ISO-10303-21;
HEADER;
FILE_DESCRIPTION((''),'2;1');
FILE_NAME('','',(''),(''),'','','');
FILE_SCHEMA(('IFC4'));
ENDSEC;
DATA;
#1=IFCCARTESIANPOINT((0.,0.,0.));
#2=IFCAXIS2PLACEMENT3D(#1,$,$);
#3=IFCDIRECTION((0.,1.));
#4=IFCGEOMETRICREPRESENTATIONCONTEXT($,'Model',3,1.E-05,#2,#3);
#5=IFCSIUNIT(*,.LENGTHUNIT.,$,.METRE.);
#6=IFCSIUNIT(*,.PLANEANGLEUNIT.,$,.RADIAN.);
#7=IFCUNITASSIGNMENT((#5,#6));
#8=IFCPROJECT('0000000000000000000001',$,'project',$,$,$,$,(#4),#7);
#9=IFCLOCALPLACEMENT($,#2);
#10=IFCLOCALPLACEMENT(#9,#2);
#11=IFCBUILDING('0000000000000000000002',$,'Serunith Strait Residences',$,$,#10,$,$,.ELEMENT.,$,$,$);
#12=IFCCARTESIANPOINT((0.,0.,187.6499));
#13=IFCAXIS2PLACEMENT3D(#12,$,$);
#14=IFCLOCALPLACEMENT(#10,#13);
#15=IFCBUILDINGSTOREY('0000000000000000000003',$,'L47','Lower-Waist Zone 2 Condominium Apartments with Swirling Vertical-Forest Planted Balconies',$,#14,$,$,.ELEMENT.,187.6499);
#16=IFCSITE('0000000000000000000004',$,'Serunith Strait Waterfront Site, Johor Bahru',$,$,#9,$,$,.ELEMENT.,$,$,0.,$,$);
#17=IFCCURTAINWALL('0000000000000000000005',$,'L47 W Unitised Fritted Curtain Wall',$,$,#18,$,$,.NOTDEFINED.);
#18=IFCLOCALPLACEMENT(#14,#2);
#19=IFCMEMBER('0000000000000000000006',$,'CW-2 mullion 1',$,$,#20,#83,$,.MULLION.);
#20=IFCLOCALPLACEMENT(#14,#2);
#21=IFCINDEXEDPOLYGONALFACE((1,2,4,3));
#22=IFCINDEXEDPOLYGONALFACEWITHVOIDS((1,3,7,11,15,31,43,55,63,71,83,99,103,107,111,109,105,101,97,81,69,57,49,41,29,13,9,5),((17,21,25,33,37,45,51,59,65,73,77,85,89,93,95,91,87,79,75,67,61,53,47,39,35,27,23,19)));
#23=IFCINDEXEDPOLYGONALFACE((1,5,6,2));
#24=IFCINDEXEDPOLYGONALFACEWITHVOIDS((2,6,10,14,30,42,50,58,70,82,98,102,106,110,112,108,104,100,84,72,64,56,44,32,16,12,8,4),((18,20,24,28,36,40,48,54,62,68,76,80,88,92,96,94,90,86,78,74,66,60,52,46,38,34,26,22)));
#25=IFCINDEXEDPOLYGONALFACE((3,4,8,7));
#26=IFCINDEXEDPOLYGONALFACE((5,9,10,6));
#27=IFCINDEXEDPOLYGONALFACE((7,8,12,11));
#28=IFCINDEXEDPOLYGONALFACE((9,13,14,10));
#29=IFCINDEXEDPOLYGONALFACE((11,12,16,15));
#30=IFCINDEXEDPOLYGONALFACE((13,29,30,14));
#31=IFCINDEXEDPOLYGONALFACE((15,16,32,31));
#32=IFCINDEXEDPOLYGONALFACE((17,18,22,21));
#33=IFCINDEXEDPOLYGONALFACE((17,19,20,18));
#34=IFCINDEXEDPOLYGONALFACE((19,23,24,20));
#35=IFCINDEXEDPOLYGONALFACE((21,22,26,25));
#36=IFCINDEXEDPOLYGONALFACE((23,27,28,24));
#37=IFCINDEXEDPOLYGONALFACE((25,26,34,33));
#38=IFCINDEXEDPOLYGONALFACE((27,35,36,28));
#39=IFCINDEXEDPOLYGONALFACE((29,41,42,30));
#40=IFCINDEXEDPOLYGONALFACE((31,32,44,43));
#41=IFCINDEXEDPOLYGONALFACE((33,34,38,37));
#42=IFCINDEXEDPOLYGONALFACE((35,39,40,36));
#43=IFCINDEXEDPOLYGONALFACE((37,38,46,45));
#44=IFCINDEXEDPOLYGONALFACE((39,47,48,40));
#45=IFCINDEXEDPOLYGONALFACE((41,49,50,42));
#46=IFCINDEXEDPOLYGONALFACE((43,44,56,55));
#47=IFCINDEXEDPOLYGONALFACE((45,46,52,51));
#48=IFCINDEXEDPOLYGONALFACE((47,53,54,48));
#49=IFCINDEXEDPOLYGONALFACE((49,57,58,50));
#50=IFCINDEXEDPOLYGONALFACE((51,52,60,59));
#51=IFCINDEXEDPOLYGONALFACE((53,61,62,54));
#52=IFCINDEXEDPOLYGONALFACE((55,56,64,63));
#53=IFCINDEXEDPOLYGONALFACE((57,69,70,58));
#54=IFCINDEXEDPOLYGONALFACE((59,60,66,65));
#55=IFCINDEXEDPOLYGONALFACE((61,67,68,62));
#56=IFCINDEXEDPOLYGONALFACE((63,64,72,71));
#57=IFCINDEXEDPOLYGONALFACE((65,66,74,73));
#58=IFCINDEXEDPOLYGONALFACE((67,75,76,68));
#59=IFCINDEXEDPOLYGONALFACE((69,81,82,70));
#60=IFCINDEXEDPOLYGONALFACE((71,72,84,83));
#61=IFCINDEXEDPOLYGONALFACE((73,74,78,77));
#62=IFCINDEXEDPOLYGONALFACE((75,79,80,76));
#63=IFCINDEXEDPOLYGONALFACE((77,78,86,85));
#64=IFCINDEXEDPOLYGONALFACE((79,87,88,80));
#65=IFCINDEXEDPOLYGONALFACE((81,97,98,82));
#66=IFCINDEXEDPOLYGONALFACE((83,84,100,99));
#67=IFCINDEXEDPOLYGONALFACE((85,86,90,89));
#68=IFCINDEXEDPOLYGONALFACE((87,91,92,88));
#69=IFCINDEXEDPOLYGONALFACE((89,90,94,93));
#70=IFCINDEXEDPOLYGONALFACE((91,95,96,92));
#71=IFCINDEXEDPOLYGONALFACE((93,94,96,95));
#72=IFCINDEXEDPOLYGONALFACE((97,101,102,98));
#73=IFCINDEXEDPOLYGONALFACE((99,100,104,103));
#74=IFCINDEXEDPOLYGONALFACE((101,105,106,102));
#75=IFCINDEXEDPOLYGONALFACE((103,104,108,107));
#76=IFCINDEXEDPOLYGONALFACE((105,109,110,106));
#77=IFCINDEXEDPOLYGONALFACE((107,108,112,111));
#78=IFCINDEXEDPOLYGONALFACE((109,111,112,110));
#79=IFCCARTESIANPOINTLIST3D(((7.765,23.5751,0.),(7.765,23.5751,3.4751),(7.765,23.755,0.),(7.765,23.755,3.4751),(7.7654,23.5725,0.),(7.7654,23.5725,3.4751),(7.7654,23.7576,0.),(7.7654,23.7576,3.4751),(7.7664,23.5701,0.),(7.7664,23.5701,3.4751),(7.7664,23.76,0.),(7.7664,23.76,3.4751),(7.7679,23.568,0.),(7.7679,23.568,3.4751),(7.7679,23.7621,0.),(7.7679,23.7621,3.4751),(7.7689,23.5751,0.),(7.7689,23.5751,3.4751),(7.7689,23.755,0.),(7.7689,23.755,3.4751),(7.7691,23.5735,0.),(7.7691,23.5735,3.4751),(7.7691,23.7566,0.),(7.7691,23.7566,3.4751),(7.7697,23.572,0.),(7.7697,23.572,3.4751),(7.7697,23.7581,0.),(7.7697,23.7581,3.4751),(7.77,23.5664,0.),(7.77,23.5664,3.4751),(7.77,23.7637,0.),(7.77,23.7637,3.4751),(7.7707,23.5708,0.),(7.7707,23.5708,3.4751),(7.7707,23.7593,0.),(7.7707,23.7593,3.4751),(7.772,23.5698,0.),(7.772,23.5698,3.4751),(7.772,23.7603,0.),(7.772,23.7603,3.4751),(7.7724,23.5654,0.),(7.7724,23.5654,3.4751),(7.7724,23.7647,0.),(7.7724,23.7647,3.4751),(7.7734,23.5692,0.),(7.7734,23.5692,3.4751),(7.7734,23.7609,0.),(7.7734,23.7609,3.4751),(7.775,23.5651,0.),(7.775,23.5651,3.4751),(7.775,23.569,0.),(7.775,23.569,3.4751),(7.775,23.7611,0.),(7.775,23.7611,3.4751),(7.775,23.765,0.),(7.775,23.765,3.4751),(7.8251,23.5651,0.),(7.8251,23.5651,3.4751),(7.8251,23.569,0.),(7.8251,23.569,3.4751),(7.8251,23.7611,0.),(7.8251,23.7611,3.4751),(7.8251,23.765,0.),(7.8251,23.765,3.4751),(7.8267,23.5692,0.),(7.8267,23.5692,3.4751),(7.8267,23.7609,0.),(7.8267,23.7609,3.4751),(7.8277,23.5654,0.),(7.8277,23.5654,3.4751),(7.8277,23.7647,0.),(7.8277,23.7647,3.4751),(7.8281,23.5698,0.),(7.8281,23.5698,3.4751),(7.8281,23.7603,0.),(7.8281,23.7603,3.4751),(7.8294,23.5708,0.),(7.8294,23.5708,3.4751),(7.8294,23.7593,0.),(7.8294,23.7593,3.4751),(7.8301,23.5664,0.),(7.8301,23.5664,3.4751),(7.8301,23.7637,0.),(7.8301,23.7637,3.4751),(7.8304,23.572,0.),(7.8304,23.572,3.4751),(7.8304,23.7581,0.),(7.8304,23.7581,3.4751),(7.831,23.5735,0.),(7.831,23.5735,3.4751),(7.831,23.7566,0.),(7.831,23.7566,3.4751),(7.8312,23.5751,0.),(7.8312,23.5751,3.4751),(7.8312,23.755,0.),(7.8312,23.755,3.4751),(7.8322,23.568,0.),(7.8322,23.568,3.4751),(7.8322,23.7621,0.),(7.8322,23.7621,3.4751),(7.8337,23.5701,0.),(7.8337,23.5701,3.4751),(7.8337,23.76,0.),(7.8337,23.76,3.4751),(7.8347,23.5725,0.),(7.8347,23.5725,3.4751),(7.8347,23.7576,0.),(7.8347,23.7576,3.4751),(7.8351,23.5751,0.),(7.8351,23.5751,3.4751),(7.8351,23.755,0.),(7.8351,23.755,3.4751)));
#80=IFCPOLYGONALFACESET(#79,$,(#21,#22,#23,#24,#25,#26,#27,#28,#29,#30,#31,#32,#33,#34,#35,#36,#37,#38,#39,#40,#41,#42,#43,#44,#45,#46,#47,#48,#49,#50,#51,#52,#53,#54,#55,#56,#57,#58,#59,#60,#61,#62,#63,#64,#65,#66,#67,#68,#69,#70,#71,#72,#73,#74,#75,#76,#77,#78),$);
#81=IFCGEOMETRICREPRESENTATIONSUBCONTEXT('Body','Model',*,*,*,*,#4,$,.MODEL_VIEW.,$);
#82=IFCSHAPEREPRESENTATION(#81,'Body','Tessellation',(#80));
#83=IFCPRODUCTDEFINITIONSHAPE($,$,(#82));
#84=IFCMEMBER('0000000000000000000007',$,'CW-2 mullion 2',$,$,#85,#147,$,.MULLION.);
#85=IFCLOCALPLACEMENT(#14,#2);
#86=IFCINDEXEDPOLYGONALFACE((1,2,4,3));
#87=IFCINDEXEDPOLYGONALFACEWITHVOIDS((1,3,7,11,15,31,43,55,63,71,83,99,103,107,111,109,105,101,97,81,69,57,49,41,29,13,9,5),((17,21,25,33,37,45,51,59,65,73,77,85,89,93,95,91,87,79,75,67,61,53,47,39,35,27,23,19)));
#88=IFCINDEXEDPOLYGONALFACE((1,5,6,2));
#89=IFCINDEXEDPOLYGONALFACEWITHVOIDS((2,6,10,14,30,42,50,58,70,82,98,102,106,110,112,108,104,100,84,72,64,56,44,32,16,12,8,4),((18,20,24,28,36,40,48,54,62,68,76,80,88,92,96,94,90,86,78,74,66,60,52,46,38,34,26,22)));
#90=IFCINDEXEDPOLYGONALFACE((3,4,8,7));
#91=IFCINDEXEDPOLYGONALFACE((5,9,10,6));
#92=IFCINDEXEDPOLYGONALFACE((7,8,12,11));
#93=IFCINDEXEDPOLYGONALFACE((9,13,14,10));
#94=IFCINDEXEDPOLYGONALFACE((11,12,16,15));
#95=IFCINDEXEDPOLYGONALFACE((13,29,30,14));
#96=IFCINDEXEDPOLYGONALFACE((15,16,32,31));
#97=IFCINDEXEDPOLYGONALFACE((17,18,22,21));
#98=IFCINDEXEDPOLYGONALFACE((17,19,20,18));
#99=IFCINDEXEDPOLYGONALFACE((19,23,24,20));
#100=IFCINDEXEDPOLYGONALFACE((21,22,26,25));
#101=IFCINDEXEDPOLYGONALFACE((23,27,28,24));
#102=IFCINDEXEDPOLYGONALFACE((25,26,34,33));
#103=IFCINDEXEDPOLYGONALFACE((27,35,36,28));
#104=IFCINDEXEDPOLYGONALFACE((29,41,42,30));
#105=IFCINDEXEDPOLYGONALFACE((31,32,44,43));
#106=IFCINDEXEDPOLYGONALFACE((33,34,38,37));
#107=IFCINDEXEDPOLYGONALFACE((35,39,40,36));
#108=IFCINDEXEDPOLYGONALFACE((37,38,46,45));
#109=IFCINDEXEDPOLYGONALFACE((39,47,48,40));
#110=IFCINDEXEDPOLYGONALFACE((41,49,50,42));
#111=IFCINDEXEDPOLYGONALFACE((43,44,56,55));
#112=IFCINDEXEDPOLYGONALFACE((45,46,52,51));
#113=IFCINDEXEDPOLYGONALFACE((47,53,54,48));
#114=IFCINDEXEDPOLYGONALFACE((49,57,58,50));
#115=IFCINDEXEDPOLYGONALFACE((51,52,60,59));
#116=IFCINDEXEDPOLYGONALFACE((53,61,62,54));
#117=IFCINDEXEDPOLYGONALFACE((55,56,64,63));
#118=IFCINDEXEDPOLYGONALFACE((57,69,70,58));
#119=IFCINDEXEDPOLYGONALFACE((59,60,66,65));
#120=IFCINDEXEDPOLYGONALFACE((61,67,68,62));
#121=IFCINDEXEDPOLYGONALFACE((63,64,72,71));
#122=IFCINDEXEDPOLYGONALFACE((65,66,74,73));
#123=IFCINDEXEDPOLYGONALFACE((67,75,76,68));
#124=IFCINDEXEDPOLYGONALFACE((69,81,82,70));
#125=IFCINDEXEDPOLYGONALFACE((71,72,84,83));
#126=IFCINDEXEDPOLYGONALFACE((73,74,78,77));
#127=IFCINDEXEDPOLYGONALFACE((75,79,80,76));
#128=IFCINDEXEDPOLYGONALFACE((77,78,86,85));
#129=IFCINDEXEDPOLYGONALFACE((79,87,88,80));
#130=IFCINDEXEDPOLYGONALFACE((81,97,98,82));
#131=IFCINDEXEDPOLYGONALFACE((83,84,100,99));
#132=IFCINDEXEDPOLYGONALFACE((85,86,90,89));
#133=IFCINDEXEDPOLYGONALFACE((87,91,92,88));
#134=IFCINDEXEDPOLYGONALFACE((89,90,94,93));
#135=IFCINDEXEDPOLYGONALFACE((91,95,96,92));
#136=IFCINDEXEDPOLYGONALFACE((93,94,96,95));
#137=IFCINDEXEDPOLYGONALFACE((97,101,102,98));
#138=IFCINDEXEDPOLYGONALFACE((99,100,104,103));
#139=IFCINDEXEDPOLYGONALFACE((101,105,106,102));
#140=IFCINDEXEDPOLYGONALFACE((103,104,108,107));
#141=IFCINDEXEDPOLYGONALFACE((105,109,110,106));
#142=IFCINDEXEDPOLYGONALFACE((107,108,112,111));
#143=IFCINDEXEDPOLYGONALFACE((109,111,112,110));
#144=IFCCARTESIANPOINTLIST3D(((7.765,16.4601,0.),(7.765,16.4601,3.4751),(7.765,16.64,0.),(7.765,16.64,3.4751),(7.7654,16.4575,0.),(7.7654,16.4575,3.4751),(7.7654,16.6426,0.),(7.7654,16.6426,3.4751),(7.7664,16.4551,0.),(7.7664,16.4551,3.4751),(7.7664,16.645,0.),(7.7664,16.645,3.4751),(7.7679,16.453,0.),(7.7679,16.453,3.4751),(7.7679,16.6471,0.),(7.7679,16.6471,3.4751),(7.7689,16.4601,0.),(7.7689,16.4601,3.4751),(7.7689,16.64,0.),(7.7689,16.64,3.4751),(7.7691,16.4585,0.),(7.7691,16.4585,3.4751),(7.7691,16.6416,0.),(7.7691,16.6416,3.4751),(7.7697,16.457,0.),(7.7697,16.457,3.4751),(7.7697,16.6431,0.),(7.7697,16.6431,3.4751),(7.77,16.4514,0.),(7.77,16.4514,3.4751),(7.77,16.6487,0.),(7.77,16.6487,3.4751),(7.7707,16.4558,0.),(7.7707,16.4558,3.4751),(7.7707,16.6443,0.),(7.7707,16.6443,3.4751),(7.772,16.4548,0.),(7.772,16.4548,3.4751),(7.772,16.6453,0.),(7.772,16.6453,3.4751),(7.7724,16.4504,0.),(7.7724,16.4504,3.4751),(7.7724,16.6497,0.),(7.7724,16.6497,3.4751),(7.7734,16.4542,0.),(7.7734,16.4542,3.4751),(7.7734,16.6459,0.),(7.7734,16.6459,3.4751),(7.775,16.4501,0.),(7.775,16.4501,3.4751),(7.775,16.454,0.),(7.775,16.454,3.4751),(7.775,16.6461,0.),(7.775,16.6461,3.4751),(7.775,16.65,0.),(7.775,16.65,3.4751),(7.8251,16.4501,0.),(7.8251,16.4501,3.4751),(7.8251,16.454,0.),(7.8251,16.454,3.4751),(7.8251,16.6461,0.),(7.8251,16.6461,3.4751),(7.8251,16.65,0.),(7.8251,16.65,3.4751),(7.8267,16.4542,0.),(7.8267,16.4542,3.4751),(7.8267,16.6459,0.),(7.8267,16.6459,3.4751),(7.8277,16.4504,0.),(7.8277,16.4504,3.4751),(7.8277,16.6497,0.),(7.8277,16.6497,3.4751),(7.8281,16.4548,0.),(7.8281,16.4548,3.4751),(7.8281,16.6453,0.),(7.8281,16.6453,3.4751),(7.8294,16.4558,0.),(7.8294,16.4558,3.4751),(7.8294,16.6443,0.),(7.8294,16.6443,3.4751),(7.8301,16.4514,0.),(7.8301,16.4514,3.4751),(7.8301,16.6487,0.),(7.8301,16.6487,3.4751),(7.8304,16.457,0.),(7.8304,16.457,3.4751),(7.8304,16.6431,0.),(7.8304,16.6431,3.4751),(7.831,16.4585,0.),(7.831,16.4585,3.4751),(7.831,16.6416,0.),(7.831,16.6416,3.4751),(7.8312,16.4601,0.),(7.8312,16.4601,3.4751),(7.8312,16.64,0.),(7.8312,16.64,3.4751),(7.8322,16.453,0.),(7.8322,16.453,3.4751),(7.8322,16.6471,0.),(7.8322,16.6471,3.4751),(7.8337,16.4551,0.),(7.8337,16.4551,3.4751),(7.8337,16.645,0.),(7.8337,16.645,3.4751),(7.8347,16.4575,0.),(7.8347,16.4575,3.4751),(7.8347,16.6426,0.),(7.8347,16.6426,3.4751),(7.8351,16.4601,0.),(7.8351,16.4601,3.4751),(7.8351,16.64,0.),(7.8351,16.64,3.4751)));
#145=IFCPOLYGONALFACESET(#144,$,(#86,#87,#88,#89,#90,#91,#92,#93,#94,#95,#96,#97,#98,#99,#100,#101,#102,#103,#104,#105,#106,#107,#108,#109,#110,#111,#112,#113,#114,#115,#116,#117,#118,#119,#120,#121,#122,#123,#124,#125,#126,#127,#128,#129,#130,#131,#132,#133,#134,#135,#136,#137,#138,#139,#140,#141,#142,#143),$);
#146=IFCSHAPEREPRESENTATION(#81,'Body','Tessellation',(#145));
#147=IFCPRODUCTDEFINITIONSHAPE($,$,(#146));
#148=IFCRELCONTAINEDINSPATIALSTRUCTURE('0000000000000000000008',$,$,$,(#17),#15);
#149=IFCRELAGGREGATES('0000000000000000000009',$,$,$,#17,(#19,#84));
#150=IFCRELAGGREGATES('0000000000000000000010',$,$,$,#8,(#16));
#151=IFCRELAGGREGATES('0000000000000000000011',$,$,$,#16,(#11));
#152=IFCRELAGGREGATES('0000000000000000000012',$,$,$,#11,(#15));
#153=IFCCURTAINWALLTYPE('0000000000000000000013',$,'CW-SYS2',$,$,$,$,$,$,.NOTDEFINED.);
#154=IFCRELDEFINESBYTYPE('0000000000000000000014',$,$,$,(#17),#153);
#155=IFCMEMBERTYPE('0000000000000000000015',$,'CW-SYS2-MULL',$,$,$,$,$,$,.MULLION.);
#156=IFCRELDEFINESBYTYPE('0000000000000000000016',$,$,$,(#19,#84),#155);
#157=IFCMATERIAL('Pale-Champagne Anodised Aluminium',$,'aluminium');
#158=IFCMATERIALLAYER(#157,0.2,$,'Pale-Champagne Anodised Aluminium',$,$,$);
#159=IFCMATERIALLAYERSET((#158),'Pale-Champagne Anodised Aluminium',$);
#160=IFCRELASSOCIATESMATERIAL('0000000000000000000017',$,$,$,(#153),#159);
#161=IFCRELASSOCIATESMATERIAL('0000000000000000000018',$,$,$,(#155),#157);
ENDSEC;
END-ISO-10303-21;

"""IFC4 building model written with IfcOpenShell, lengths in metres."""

from ifc_helpers import new_model, si_unit, direction, frame, origin, origin_2d, place, context, subcontext, project, spatial, hollow_rectangle, extrude, source, transform, mapped, material, layer, layer_set, material_profile, profile_set, type_object, element, aggregate, save


model = new_model("IFC4")

# Units and contexts
model_context = context("Model", 3, precision=1e-05, world=origin(), true_north=direction((0.0, 1.0)))
body_context = subcontext(model_context, "Body", "Model", "MODEL_VIEW")
ifc_project = project(units=[si_unit("LENGTHUNIT", "METRE"), si_unit("PLANEANGLEUNIT", "RADIAN")], contexts=[model_context])

# Site, building, storey
site_placement = place(None, origin())
site = spatial("IfcSite", under=ifc_project, at=site_placement, Name="Serunith Strait Waterfront Site, Johor Bahru", CompositionType="ELEMENT", RefElevation=0.0)
building_placement = place(site_placement, origin())
building = spatial("IfcBuilding", under=site, at=building_placement, Name="Serunith Strait Residences", CompositionType="ELEMENT")
storey_placement = place(building_placement, frame((0.0, 0.0, 187.6499)))
storey = spatial("IfcBuildingStorey", under=building, at=storey_placement, Name="L47", Description="Lower-Waist Zone 2 Condominium Apartments with Swirling Vertical-Forest Planted Balconies", CompositionType="ELEMENT", Elevation=187.6499)

# Curtain wall, members
ifc_material_1 = material(Name="Pale-Champagne Anodised Aluminium", Category="aluminium")
ifc_layer_1 = layer(ifc_material_1, 0.2, Name="Pale-Champagne Anodised Aluminium")
ifc_layer_set_1 = layer_set([ifc_layer_1], Name="Pale-Champagne Anodised Aluminium")
curtain_wall_type = type_object("IfcCurtainWallType", Name="CW-SYS2", PredefinedType="NOTDEFINED", material=ifc_layer_set_1)
curtain_wall_placement = place(storey_placement, origin())
curtain_wall = element("IfcCurtainWall", 1, at=curtain_wall_placement, inside=storey, type_object=curtain_wall_type, Name="L47 W Unitised Fritted Curtain Wall", PredefinedType="NOTDEFINED")
ifc_material_profile_1 = material_profile(ifc_material_1, hollow_rectangle(XDim=0.0701, YDim=0.2, WallThickness=0.0039, InnerFilletRadius=0.0061, OuterFilletRadius=0.01, at=origin_2d()), Name="ALU 200x70x4")
ifc_profile_set_1 = profile_set([ifc_material_profile_1], Name="Pale-Champagne Anodised Aluminium")
member_type_1 = type_object("IfcMemberType", Name="CW-SYS2-MULL", PredefinedType="MULLION", material=ifc_profile_set_1)
shared_shape_1 = source(origin(), body_context, "Body", "SweptSolid", [
    extrude(hollow_rectangle(XDim=0.0701, YDim=0.2, WallThickness=0.0039, InnerFilletRadius=0.0061, OuterFilletRadius=0.01, at=origin_2d()), origin(), (0.0, 0.0, 1.0), 3.4751),
])
member_1_placement = place(storey_placement, frame((7.8, 23.665, 0.0), z_axis=(0.0, 0.0, 1.0), x_axis=(1.0, 0.0, 0.0)))
member_1 = element("IfcMember", 2, at=member_1_placement, type_object=member_type_1, Name="CW-2 mullion 1", PredefinedType="MULLION", context=body_context, shape_type="MappedRepresentation", body=[
    mapped(shared_shape_1, transform((0.0, 0.0, 0.0), scale=1.0)),
])
member_2_placement = place(storey_placement, frame((7.8, 16.55, 0.0), z_axis=(0.0, 0.0, 1.0), x_axis=(1.0, 0.0, 0.0)))
member_2 = element("IfcMember", 3, at=member_2_placement, type_object=member_type_1, Name="CW-2 mullion 2", PredefinedType="MULLION", context=body_context, shape_type="MappedRepresentation", body=[
    mapped(shared_shape_1, transform((0.0, 0.0, 0.0), scale=1.0)),
])
aggregate(curtain_wall, [member_1, member_2])

save(model, "model.ifc")
